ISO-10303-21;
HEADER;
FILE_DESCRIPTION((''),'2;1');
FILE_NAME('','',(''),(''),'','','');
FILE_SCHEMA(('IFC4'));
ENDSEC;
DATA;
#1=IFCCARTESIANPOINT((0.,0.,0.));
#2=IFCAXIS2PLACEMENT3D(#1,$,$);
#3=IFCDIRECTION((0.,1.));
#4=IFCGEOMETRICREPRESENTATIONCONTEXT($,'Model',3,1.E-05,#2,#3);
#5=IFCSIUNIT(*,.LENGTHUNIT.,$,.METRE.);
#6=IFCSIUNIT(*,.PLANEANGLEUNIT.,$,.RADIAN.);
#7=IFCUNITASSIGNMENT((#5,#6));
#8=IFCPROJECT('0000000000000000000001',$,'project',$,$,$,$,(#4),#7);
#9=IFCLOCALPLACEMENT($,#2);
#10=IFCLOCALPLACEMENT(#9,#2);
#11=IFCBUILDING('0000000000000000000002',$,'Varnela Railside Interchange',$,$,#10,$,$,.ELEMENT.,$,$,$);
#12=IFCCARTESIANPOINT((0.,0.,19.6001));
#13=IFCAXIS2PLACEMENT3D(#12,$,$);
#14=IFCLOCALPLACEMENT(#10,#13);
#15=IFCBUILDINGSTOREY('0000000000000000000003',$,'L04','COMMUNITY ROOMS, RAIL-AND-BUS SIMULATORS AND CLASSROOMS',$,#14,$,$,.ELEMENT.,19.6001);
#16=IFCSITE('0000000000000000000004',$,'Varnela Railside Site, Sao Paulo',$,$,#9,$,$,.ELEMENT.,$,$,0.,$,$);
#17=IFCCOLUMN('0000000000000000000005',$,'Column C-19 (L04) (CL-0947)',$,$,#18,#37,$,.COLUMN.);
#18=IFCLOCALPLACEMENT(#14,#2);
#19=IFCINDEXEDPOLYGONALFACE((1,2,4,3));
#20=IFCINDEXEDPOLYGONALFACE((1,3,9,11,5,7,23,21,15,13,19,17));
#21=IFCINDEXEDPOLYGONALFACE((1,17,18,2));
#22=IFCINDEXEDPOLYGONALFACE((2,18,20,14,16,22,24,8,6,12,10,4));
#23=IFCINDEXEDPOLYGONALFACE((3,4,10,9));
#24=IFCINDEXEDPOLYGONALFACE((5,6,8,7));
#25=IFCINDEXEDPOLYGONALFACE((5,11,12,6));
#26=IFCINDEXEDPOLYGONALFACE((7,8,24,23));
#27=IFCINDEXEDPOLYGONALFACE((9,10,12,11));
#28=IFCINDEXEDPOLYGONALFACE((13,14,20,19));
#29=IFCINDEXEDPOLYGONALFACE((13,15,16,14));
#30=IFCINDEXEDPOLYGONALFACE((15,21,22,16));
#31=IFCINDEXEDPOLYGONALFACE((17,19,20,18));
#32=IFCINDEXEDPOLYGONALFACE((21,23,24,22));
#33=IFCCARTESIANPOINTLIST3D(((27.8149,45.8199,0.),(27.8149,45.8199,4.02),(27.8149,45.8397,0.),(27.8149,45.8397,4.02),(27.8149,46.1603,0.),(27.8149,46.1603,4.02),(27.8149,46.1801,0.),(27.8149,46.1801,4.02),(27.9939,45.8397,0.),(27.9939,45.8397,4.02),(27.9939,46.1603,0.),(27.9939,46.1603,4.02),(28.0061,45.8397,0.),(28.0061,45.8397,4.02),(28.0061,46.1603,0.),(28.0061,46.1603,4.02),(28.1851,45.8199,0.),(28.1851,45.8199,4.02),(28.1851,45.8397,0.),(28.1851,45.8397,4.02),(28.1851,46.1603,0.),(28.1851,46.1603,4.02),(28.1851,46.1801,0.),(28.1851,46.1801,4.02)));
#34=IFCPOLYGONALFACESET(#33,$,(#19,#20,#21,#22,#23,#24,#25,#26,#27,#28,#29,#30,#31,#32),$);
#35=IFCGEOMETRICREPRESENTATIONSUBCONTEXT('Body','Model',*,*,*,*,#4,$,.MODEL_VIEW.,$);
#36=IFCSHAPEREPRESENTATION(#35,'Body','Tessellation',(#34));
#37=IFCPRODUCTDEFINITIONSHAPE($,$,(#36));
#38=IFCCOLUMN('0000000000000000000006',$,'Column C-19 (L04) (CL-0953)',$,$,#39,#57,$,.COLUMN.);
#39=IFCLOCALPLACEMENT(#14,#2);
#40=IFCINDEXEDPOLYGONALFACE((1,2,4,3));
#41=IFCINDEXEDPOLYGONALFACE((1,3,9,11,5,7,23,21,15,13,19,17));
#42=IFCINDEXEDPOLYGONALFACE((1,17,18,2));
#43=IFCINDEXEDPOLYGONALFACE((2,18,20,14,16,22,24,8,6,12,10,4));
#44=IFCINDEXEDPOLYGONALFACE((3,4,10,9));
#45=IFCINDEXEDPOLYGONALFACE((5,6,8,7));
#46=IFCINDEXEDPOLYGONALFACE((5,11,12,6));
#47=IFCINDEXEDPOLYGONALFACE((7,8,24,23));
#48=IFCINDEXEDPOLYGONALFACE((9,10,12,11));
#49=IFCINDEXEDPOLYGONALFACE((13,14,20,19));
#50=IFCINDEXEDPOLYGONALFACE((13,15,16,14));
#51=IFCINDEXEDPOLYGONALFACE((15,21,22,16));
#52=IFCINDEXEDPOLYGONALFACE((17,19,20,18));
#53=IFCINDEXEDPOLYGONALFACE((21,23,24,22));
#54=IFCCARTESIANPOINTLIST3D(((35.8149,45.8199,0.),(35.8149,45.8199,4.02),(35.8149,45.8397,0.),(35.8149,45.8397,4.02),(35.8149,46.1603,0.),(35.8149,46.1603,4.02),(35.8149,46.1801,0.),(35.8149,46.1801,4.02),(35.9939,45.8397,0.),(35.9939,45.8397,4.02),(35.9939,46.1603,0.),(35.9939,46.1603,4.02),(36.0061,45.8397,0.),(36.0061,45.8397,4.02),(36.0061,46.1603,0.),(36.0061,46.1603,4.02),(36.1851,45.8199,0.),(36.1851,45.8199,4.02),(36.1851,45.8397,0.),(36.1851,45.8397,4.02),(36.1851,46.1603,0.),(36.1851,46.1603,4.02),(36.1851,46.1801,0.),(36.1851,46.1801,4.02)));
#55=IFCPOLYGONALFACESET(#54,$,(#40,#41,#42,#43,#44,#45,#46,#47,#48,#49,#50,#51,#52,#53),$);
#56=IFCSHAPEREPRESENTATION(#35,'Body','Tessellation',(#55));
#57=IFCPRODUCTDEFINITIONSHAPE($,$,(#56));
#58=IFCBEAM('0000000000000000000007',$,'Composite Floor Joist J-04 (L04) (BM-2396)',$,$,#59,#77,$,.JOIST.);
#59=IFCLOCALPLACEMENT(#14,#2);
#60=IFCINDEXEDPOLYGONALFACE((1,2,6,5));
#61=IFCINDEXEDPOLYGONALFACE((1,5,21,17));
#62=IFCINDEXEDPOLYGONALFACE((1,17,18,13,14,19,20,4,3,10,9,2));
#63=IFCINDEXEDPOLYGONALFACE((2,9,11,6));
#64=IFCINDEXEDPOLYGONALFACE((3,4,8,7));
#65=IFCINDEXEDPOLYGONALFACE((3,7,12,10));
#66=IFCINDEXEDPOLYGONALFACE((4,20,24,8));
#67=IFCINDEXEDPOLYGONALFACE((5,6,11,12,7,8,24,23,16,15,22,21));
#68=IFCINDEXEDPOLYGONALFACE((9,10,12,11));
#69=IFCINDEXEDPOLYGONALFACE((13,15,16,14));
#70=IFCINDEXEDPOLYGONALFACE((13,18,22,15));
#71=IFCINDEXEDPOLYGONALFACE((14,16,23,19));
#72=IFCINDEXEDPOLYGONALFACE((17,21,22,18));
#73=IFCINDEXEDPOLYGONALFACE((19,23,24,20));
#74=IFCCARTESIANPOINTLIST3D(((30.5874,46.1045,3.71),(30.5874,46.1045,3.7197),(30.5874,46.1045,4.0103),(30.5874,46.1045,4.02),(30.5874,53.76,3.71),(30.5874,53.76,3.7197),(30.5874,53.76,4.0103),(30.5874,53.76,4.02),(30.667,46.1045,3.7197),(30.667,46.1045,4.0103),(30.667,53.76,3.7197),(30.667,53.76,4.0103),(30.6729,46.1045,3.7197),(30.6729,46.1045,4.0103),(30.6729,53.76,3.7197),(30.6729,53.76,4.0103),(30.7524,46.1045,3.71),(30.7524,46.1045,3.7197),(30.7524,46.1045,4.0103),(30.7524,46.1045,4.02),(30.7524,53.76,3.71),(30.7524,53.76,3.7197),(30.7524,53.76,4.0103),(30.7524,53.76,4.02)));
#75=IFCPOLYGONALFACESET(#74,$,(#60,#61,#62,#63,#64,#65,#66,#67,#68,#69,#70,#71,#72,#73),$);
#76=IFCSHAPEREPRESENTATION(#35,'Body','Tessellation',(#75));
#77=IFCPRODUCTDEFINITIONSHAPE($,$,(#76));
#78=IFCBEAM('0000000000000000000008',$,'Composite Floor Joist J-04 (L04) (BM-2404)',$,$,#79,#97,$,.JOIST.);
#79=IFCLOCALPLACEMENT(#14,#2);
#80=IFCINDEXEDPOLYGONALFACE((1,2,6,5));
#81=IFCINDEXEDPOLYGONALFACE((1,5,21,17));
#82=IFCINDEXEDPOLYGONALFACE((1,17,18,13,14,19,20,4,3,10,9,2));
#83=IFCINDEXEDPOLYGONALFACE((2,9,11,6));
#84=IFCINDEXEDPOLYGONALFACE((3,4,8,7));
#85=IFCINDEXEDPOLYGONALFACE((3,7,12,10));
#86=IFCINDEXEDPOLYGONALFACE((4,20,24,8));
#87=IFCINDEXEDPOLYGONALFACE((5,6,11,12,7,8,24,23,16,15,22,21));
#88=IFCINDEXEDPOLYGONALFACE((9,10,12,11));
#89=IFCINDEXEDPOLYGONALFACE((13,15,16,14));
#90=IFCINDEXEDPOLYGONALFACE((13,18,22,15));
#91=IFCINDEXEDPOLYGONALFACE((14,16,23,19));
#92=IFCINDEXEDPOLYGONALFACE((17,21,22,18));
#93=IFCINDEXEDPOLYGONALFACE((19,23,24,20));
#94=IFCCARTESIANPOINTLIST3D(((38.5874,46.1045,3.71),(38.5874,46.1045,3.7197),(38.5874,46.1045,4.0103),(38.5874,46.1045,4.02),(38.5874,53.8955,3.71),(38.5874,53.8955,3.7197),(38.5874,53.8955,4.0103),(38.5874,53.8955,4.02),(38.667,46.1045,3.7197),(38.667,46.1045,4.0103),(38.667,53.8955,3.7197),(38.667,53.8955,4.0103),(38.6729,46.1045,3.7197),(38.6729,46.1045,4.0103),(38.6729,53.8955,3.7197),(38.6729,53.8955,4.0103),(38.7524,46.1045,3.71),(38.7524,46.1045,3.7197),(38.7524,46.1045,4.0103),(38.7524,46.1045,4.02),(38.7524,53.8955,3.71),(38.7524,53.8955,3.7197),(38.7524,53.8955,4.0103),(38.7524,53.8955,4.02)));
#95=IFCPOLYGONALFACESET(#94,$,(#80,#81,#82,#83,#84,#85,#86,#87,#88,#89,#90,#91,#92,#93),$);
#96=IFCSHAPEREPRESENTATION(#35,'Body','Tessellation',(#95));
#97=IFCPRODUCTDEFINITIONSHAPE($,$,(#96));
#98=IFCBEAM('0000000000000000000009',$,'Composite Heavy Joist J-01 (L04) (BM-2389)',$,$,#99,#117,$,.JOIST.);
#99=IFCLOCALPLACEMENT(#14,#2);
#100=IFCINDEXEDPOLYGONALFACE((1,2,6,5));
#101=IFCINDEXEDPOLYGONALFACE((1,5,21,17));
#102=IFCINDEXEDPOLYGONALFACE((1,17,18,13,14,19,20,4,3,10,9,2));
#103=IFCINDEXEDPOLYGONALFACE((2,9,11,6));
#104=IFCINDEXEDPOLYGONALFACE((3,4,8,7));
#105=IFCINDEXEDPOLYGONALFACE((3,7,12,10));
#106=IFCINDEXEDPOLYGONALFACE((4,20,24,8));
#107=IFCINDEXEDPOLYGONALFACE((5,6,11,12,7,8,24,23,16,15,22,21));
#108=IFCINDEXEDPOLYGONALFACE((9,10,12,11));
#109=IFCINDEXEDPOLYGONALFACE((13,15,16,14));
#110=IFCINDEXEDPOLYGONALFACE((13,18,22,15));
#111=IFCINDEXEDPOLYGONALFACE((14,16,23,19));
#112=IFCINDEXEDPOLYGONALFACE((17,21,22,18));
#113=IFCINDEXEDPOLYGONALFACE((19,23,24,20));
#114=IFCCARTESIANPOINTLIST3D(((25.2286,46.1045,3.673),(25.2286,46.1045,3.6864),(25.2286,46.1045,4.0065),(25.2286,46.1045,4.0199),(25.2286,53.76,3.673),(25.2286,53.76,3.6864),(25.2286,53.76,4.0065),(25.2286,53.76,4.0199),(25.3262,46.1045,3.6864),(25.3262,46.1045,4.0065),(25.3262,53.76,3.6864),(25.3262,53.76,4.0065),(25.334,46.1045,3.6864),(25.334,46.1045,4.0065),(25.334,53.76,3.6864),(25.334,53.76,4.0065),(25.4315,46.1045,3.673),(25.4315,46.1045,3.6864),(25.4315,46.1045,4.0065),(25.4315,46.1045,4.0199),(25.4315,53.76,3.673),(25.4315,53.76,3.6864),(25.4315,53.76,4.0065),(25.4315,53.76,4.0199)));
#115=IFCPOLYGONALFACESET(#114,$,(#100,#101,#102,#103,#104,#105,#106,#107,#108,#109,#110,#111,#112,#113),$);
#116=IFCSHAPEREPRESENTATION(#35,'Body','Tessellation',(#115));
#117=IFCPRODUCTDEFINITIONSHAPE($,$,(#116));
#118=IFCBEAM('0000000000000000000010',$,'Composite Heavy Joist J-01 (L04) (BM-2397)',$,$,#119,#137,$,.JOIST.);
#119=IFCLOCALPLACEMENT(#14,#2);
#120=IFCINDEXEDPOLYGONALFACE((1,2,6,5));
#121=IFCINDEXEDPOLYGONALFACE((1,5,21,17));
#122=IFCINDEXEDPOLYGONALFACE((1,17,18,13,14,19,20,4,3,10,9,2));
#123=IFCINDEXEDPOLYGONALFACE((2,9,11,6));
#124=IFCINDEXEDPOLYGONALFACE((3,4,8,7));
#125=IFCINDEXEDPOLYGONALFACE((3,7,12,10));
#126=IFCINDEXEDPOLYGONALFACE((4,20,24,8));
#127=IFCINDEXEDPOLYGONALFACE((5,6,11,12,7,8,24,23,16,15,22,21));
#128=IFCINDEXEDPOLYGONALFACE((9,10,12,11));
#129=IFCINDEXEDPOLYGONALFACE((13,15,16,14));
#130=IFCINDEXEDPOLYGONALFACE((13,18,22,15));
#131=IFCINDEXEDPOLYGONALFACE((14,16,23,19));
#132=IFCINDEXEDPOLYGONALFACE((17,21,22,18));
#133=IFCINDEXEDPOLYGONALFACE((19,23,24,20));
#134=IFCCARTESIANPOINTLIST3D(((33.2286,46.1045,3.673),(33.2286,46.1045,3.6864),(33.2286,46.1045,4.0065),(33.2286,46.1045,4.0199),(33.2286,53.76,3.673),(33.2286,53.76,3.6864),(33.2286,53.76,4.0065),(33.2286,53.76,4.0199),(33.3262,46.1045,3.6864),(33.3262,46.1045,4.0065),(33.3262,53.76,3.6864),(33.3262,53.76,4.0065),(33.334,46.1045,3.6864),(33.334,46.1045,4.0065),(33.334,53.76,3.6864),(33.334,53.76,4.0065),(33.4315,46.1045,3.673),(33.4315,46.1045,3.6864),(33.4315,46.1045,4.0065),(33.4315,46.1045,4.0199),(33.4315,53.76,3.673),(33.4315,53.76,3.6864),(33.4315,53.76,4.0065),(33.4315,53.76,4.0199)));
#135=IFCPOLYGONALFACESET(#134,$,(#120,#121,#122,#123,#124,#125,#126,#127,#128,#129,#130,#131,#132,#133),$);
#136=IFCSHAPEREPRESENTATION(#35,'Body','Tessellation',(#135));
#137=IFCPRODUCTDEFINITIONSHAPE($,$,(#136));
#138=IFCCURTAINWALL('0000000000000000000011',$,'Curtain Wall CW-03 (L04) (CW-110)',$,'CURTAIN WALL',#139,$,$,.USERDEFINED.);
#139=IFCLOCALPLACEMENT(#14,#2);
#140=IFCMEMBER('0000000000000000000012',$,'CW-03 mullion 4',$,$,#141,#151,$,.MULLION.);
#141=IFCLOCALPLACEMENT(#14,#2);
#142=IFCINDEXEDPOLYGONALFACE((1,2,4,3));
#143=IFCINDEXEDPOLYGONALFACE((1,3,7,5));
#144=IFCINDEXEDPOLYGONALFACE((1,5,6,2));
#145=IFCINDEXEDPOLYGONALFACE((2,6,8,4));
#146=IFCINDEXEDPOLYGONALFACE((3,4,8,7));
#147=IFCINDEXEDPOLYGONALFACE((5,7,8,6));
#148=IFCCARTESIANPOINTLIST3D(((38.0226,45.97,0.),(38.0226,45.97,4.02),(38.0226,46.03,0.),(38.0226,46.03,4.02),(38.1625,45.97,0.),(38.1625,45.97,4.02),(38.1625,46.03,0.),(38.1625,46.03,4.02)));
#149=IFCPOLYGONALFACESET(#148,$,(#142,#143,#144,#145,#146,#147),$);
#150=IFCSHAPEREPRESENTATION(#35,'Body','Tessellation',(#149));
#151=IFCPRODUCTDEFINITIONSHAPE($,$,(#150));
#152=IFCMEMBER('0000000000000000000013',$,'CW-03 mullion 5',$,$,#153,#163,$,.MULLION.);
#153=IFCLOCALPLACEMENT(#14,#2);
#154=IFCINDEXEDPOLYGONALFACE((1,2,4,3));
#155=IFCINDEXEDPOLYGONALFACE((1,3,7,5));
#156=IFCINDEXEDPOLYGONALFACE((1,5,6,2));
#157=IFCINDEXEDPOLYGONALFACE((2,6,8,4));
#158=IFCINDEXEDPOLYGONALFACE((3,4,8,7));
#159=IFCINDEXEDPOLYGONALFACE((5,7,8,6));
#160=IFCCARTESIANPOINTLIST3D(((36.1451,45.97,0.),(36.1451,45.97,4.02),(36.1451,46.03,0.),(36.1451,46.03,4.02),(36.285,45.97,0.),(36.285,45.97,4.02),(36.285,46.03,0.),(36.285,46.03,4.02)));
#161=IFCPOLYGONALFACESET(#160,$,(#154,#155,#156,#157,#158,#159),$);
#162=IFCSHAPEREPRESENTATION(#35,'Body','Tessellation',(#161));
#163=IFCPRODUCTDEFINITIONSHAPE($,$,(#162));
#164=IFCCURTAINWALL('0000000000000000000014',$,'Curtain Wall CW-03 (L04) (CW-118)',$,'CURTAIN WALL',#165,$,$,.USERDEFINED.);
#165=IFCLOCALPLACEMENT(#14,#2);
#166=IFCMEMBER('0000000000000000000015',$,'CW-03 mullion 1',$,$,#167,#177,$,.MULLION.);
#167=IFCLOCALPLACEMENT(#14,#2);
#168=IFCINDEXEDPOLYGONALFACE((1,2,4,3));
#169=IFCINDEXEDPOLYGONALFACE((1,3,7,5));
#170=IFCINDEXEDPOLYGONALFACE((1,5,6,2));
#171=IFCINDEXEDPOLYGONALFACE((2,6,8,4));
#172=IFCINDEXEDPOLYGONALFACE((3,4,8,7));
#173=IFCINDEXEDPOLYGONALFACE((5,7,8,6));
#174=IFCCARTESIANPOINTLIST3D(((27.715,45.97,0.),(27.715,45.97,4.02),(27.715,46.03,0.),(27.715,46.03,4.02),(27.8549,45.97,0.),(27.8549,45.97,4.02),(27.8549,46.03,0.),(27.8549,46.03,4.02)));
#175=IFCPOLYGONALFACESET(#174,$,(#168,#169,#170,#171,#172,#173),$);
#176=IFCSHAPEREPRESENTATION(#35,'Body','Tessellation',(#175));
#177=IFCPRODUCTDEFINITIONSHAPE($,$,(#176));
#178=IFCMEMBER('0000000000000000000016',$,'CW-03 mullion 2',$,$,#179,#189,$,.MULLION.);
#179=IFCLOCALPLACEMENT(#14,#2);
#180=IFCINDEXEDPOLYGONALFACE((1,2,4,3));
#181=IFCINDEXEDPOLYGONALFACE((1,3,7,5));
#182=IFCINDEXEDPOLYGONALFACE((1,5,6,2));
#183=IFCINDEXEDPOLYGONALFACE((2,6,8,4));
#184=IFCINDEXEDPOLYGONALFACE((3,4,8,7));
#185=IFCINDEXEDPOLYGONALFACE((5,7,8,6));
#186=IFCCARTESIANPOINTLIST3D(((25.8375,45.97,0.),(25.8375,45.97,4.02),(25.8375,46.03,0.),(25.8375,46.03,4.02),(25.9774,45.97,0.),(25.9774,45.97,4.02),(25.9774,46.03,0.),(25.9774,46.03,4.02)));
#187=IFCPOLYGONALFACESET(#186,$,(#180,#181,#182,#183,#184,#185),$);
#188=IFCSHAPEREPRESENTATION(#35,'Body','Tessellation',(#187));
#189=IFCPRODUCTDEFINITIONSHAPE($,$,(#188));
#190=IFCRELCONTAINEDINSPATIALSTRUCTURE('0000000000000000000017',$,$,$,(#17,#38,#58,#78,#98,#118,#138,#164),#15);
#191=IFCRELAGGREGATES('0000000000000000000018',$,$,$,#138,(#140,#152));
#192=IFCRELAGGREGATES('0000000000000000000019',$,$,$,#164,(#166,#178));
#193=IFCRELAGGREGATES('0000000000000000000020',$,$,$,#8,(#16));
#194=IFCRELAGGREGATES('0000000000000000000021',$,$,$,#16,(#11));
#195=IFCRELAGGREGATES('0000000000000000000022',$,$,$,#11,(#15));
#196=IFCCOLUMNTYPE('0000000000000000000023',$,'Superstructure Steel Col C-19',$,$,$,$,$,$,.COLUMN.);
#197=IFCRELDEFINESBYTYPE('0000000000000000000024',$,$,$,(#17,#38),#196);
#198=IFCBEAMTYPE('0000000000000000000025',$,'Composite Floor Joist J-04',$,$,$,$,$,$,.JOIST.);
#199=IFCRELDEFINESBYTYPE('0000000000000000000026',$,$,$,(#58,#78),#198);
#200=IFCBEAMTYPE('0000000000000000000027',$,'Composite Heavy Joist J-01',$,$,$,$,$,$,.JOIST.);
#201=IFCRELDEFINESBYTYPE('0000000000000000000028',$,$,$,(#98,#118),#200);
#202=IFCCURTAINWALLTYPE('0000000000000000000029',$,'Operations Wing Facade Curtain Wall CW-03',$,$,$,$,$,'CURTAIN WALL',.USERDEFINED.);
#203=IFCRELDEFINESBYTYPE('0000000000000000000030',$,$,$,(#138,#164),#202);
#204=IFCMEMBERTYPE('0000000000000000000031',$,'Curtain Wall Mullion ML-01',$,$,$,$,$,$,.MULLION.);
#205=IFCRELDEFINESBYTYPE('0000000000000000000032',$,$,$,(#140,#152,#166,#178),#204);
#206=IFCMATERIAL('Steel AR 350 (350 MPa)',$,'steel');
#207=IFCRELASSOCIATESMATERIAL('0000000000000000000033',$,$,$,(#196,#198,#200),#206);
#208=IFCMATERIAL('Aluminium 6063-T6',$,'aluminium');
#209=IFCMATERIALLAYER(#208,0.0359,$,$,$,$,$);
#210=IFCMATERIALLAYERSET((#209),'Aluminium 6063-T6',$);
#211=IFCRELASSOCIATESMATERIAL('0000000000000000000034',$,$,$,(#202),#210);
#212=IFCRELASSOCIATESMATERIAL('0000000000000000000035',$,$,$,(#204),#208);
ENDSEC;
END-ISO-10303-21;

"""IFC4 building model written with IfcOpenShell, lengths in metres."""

from ifc_helpers import new_model, si_unit, direction, frame, origin, origin_2d, place, context, subcontext, project, spatial, rectangle, i_section, extrude, material, layer, layer_set, material_profile, profile_set, type_object, element, aggregate, save


model = new_model("IFC4")

# Units and contexts
model_context = context("Model", 3, precision=1e-05, world=origin(), true_north=direction((0.0, 1.0)))
body_context = subcontext(model_context, "Body", "Model", "MODEL_VIEW")
ifc_project = project(units=[si_unit("LENGTHUNIT", "METRE"), si_unit("PLANEANGLEUNIT", "RADIAN")], contexts=[model_context])

# Site, building, storey
site_placement = place(None, origin())
site = spatial("IfcSite", under=ifc_project, at=site_placement, Name="Varnela Railside Site, Sao Paulo", CompositionType="ELEMENT", RefElevation=0.0)
building_placement = place(site_placement, origin())
building = spatial("IfcBuilding", under=site, at=building_placement, Name="Varnela Railside Interchange", CompositionType="ELEMENT")
storey_placement = place(building_placement, frame((0.0, 0.0, 19.6001)))
storey = spatial("IfcBuildingStorey", under=building, at=storey_placement, Name="L04", Description="COMMUNITY ROOMS, RAIL-AND-BUS SIMULATORS AND CLASSROOMS", CompositionType="ELEMENT", Elevation=19.6001)

# Columns
ifc_material_1 = material(Name="Steel AR 350 (350 MPa)", Category="steel")
ifc_material_profile_1 = material_profile(ifc_material_1, i_section(OverallWidth=0.3701, OverallDepth=0.3601, WebThickness=0.0122, FlangeThickness=0.0198, at=origin_2d()), Name="W360x147")
ifc_profile_set_1 = profile_set([ifc_material_profile_1], Name="Steel AR 350 (350 MPa)")
column_type = type_object("IfcColumnType", Name="Superstructure Steel Col C-19", PredefinedType="COLUMN", material=ifc_profile_set_1)
for number, where, z_axis, x_axis, name in (
    (1, (28.0, 46.0, 0.0), (0.0, 0.0, 1.0), (1.0, 0.0, 0.0), "Column C-19 (L04) (CL-0947)"),
    (2, (36.0, 46.0, 0.0), (0.0, 0.0, 1.0), (1.0, 0.0, 0.0), "Column C-19 (L04) (CL-0953)"),
):
    element("IfcColumn", number, at=place(storey_placement, frame(where, z_axis=z_axis, x_axis=x_axis)), inside=storey, type_object=column_type, Name=name, PredefinedType="COLUMN", context=body_context, shape_type="SweptSolid", body=[
        extrude(i_section(OverallWidth=0.3701, OverallDepth=0.3601, WebThickness=0.0122, FlangeThickness=0.0198, at=origin_2d()), origin(), (0.0, 0.0, 1.0), 4.02),
    ])

# Beams
ifc_material_profile_2 = material_profile(ifc_material_1, i_section(OverallWidth=0.165, OverallDepth=0.3101, WebThickness=0.0059, FlangeThickness=0.0098, at=origin_2d()), Name="W310x38.7")
ifc_profile_set_2 = profile_set([ifc_material_profile_2], Name="Steel AR 350 (350 MPa)")
beam_type_1 = type_object("IfcBeamType", Name="Composite Floor Joist J-04", PredefinedType="JOIST", material=ifc_profile_set_2)
beam_1_placement = place(storey_placement, frame((30.6699, 46.1045, 3.865), z_axis=(0.0, 1.0, 0.0), x_axis=(-1.0, 0.0, 0.0)))
element("IfcBeam", 3, at=beam_1_placement, inside=storey, type_object=beam_type_1, Name="Composite Floor Joist J-04 (L04) (BM-2396)", PredefinedType="JOIST", context=body_context, shape_type="SweptSolid", body=[
    extrude(i_section(OverallWidth=0.165, OverallDepth=0.3101, WebThickness=0.0059, FlangeThickness=0.0098, at=origin_2d()), origin(), (0.0, 0.0, 1.0), 7.6555),
])
beam_2_placement = place(storey_placement, frame((38.6699, 46.1045, 3.865), z_axis=(0.0, 1.0, 0.0), x_axis=(-1.0, 0.0, 0.0)))
element("IfcBeam", 4, at=beam_2_placement, inside=storey, type_object=beam_type_1, Name="Composite Floor Joist J-04 (L04) (BM-2404)", PredefinedType="JOIST", context=body_context, shape_type="SweptSolid", body=[
    extrude(i_section(OverallWidth=0.165, OverallDepth=0.3101, WebThickness=0.0059, FlangeThickness=0.0098, at=origin_2d()), origin(), (0.0, 0.0, 1.0), 7.791),
])
ifc_material_profile_3 = material_profile(ifc_material_1, i_section(OverallWidth=0.2029, OverallDepth=0.3469, WebThickness=0.0078, FlangeThickness=0.0134, at=origin_2d()), Name="W360x64")
ifc_profile_set_3 = profile_set([ifc_material_profile_3], Name="Steel AR 350 (350 MPa)")
beam_type_2 = type_object("IfcBeamType", Name="Composite Heavy Joist J-01", PredefinedType="JOIST", material=ifc_profile_set_3)
for number, where, z_axis, x_axis, name in (
    (5, (25.3301, 46.1045, 3.8464), (0.0, 1.0, 0.0), (-1.0, 0.0, 0.0), "Composite Heavy Joist J-01 (L04) (BM-2389)"),
    (6, (33.3301, 46.1045, 3.8464), (0.0, 1.0, 0.0), (-1.0, 0.0, 0.0), "Composite Heavy Joist J-01 (L04) (BM-2397)"),
):
    element("IfcBeam", number, at=place(storey_placement, frame(where, z_axis=z_axis, x_axis=x_axis)), inside=storey, type_object=beam_type_2, Name=name, PredefinedType="JOIST", context=body_context, shape_type="SweptSolid", body=[
        extrude(i_section(OverallWidth=0.2029, OverallDepth=0.3469, WebThickness=0.0078, FlangeThickness=0.0134, at=origin_2d()), origin(), (0.0, 0.0, 1.0), 7.6555),
    ])

# Curtain walls, members
ifc_material_2 = material(Name="Aluminium 6063-T6", Category="aluminium")
ifc_layer_1 = layer(ifc_material_2, 0.0359)
ifc_layer_set_1 = layer_set([ifc_layer_1], Name="Aluminium 6063-T6")
curtain_wall_type = type_object("IfcCurtainWallType", Name="Operations Wing Facade Curtain Wall CW-03", ElementType="CURTAIN WALL", PredefinedType="USERDEFINED", material=ifc_layer_set_1)
curtain_wall_1_placement = place(storey_placement, origin())
curtain_wall_1 = element("IfcCurtainWall", 7, at=curtain_wall_1_placement, inside=storey, type_object=curtain_wall_type, Name="Curtain Wall CW-03 (L04) (CW-110)", ObjectType="CURTAIN WALL", PredefinedType="USERDEFINED")
ifc_material_profile_4 = material_profile(ifc_material_2, rectangle(XDim=0.0601, YDim=0.1399, at=origin_2d()), Name="ALU 60x140")
ifc_profile_set_4 = profile_set([ifc_material_profile_4], Name="Aluminium 6063-T6")
member_type_1 = type_object("IfcMemberType", Name="Curtain Wall Mullion ML-01", PredefinedType="MULLION", material=ifc_profile_set_4)
member_1_placement = place(storey_placement, frame((38.0925, 46.0, 0.0), z_axis=(0.0, 0.0, 1.0), x_axis=(0.0, -1.0, 0.0)))
member_1 = element("IfcMember", 8, at=member_1_placement, type_object=member_type_1, Name="CW-03 mullion 4", PredefinedType="MULLION", context=body_context, shape_type="SweptSolid", body=[
    extrude(rectangle(XDim=0.0601, YDim=0.1399, at=origin_2d()), origin(), (0.0, 0.0, 1.0), 4.02),
])
member_2_placement = place(storey_placement, frame((36.2151, 46.0, 0.0), z_axis=(0.0, 0.0, 1.0), x_axis=(0.0, -1.0, 0.0)))
member_2 = element("IfcMember", 9, at=member_2_placement, type_object=member_type_1, Name="CW-03 mullion 5", PredefinedType="MULLION", context=body_context, shape_type="SweptSolid", body=[
    extrude(rectangle(XDim=0.0601, YDim=0.1399, at=origin_2d()), origin(), (0.0, 0.0, 1.0), 4.02),
])
curtain_wall_2_placement = place(storey_placement, origin())
curtain_wall_2 = element("IfcCurtainWall", 10, at=curtain_wall_2_placement, inside=storey, type_object=curtain_wall_type, Name="Curtain Wall CW-03 (L04) (CW-118)", ObjectType="CURTAIN WALL", PredefinedType="USERDEFINED")
member_3_placement = place(storey_placement, frame((27.7849, 46.0, 0.0), z_axis=(0.0, 0.0, 1.0), x_axis=(0.0, -1.0, 0.0)))
member_3 = element("IfcMember", 11, at=member_3_placement, type_object=member_type_1, Name="CW-03 mullion 1", PredefinedType="MULLION", context=body_context, shape_type="SweptSolid", body=[
    extrude(rectangle(XDim=0.0601, YDim=0.1399, at=origin_2d()), origin(), (0.0, 0.0, 1.0), 4.02),
])
member_4_placement = place(storey_placement, frame((25.9075, 46.0, 0.0), z_axis=(0.0, 0.0, 1.0), x_axis=(0.0, -1.0, 0.0)))
member_4 = element("IfcMember", 12, at=member_4_placement, type_object=member_type_1, Name="CW-03 mullion 2", PredefinedType="MULLION", context=body_context, shape_type="SweptSolid", body=[
    extrude(rectangle(XDim=0.0601, YDim=0.1399, at=origin_2d()), origin(), (0.0, 0.0, 1.0), 4.02),
])

aggregate(curtain_wall_1, [member_1, member_2])
aggregate(curtain_wall_2, [member_3, member_4])

save(model, "model.ifc")
